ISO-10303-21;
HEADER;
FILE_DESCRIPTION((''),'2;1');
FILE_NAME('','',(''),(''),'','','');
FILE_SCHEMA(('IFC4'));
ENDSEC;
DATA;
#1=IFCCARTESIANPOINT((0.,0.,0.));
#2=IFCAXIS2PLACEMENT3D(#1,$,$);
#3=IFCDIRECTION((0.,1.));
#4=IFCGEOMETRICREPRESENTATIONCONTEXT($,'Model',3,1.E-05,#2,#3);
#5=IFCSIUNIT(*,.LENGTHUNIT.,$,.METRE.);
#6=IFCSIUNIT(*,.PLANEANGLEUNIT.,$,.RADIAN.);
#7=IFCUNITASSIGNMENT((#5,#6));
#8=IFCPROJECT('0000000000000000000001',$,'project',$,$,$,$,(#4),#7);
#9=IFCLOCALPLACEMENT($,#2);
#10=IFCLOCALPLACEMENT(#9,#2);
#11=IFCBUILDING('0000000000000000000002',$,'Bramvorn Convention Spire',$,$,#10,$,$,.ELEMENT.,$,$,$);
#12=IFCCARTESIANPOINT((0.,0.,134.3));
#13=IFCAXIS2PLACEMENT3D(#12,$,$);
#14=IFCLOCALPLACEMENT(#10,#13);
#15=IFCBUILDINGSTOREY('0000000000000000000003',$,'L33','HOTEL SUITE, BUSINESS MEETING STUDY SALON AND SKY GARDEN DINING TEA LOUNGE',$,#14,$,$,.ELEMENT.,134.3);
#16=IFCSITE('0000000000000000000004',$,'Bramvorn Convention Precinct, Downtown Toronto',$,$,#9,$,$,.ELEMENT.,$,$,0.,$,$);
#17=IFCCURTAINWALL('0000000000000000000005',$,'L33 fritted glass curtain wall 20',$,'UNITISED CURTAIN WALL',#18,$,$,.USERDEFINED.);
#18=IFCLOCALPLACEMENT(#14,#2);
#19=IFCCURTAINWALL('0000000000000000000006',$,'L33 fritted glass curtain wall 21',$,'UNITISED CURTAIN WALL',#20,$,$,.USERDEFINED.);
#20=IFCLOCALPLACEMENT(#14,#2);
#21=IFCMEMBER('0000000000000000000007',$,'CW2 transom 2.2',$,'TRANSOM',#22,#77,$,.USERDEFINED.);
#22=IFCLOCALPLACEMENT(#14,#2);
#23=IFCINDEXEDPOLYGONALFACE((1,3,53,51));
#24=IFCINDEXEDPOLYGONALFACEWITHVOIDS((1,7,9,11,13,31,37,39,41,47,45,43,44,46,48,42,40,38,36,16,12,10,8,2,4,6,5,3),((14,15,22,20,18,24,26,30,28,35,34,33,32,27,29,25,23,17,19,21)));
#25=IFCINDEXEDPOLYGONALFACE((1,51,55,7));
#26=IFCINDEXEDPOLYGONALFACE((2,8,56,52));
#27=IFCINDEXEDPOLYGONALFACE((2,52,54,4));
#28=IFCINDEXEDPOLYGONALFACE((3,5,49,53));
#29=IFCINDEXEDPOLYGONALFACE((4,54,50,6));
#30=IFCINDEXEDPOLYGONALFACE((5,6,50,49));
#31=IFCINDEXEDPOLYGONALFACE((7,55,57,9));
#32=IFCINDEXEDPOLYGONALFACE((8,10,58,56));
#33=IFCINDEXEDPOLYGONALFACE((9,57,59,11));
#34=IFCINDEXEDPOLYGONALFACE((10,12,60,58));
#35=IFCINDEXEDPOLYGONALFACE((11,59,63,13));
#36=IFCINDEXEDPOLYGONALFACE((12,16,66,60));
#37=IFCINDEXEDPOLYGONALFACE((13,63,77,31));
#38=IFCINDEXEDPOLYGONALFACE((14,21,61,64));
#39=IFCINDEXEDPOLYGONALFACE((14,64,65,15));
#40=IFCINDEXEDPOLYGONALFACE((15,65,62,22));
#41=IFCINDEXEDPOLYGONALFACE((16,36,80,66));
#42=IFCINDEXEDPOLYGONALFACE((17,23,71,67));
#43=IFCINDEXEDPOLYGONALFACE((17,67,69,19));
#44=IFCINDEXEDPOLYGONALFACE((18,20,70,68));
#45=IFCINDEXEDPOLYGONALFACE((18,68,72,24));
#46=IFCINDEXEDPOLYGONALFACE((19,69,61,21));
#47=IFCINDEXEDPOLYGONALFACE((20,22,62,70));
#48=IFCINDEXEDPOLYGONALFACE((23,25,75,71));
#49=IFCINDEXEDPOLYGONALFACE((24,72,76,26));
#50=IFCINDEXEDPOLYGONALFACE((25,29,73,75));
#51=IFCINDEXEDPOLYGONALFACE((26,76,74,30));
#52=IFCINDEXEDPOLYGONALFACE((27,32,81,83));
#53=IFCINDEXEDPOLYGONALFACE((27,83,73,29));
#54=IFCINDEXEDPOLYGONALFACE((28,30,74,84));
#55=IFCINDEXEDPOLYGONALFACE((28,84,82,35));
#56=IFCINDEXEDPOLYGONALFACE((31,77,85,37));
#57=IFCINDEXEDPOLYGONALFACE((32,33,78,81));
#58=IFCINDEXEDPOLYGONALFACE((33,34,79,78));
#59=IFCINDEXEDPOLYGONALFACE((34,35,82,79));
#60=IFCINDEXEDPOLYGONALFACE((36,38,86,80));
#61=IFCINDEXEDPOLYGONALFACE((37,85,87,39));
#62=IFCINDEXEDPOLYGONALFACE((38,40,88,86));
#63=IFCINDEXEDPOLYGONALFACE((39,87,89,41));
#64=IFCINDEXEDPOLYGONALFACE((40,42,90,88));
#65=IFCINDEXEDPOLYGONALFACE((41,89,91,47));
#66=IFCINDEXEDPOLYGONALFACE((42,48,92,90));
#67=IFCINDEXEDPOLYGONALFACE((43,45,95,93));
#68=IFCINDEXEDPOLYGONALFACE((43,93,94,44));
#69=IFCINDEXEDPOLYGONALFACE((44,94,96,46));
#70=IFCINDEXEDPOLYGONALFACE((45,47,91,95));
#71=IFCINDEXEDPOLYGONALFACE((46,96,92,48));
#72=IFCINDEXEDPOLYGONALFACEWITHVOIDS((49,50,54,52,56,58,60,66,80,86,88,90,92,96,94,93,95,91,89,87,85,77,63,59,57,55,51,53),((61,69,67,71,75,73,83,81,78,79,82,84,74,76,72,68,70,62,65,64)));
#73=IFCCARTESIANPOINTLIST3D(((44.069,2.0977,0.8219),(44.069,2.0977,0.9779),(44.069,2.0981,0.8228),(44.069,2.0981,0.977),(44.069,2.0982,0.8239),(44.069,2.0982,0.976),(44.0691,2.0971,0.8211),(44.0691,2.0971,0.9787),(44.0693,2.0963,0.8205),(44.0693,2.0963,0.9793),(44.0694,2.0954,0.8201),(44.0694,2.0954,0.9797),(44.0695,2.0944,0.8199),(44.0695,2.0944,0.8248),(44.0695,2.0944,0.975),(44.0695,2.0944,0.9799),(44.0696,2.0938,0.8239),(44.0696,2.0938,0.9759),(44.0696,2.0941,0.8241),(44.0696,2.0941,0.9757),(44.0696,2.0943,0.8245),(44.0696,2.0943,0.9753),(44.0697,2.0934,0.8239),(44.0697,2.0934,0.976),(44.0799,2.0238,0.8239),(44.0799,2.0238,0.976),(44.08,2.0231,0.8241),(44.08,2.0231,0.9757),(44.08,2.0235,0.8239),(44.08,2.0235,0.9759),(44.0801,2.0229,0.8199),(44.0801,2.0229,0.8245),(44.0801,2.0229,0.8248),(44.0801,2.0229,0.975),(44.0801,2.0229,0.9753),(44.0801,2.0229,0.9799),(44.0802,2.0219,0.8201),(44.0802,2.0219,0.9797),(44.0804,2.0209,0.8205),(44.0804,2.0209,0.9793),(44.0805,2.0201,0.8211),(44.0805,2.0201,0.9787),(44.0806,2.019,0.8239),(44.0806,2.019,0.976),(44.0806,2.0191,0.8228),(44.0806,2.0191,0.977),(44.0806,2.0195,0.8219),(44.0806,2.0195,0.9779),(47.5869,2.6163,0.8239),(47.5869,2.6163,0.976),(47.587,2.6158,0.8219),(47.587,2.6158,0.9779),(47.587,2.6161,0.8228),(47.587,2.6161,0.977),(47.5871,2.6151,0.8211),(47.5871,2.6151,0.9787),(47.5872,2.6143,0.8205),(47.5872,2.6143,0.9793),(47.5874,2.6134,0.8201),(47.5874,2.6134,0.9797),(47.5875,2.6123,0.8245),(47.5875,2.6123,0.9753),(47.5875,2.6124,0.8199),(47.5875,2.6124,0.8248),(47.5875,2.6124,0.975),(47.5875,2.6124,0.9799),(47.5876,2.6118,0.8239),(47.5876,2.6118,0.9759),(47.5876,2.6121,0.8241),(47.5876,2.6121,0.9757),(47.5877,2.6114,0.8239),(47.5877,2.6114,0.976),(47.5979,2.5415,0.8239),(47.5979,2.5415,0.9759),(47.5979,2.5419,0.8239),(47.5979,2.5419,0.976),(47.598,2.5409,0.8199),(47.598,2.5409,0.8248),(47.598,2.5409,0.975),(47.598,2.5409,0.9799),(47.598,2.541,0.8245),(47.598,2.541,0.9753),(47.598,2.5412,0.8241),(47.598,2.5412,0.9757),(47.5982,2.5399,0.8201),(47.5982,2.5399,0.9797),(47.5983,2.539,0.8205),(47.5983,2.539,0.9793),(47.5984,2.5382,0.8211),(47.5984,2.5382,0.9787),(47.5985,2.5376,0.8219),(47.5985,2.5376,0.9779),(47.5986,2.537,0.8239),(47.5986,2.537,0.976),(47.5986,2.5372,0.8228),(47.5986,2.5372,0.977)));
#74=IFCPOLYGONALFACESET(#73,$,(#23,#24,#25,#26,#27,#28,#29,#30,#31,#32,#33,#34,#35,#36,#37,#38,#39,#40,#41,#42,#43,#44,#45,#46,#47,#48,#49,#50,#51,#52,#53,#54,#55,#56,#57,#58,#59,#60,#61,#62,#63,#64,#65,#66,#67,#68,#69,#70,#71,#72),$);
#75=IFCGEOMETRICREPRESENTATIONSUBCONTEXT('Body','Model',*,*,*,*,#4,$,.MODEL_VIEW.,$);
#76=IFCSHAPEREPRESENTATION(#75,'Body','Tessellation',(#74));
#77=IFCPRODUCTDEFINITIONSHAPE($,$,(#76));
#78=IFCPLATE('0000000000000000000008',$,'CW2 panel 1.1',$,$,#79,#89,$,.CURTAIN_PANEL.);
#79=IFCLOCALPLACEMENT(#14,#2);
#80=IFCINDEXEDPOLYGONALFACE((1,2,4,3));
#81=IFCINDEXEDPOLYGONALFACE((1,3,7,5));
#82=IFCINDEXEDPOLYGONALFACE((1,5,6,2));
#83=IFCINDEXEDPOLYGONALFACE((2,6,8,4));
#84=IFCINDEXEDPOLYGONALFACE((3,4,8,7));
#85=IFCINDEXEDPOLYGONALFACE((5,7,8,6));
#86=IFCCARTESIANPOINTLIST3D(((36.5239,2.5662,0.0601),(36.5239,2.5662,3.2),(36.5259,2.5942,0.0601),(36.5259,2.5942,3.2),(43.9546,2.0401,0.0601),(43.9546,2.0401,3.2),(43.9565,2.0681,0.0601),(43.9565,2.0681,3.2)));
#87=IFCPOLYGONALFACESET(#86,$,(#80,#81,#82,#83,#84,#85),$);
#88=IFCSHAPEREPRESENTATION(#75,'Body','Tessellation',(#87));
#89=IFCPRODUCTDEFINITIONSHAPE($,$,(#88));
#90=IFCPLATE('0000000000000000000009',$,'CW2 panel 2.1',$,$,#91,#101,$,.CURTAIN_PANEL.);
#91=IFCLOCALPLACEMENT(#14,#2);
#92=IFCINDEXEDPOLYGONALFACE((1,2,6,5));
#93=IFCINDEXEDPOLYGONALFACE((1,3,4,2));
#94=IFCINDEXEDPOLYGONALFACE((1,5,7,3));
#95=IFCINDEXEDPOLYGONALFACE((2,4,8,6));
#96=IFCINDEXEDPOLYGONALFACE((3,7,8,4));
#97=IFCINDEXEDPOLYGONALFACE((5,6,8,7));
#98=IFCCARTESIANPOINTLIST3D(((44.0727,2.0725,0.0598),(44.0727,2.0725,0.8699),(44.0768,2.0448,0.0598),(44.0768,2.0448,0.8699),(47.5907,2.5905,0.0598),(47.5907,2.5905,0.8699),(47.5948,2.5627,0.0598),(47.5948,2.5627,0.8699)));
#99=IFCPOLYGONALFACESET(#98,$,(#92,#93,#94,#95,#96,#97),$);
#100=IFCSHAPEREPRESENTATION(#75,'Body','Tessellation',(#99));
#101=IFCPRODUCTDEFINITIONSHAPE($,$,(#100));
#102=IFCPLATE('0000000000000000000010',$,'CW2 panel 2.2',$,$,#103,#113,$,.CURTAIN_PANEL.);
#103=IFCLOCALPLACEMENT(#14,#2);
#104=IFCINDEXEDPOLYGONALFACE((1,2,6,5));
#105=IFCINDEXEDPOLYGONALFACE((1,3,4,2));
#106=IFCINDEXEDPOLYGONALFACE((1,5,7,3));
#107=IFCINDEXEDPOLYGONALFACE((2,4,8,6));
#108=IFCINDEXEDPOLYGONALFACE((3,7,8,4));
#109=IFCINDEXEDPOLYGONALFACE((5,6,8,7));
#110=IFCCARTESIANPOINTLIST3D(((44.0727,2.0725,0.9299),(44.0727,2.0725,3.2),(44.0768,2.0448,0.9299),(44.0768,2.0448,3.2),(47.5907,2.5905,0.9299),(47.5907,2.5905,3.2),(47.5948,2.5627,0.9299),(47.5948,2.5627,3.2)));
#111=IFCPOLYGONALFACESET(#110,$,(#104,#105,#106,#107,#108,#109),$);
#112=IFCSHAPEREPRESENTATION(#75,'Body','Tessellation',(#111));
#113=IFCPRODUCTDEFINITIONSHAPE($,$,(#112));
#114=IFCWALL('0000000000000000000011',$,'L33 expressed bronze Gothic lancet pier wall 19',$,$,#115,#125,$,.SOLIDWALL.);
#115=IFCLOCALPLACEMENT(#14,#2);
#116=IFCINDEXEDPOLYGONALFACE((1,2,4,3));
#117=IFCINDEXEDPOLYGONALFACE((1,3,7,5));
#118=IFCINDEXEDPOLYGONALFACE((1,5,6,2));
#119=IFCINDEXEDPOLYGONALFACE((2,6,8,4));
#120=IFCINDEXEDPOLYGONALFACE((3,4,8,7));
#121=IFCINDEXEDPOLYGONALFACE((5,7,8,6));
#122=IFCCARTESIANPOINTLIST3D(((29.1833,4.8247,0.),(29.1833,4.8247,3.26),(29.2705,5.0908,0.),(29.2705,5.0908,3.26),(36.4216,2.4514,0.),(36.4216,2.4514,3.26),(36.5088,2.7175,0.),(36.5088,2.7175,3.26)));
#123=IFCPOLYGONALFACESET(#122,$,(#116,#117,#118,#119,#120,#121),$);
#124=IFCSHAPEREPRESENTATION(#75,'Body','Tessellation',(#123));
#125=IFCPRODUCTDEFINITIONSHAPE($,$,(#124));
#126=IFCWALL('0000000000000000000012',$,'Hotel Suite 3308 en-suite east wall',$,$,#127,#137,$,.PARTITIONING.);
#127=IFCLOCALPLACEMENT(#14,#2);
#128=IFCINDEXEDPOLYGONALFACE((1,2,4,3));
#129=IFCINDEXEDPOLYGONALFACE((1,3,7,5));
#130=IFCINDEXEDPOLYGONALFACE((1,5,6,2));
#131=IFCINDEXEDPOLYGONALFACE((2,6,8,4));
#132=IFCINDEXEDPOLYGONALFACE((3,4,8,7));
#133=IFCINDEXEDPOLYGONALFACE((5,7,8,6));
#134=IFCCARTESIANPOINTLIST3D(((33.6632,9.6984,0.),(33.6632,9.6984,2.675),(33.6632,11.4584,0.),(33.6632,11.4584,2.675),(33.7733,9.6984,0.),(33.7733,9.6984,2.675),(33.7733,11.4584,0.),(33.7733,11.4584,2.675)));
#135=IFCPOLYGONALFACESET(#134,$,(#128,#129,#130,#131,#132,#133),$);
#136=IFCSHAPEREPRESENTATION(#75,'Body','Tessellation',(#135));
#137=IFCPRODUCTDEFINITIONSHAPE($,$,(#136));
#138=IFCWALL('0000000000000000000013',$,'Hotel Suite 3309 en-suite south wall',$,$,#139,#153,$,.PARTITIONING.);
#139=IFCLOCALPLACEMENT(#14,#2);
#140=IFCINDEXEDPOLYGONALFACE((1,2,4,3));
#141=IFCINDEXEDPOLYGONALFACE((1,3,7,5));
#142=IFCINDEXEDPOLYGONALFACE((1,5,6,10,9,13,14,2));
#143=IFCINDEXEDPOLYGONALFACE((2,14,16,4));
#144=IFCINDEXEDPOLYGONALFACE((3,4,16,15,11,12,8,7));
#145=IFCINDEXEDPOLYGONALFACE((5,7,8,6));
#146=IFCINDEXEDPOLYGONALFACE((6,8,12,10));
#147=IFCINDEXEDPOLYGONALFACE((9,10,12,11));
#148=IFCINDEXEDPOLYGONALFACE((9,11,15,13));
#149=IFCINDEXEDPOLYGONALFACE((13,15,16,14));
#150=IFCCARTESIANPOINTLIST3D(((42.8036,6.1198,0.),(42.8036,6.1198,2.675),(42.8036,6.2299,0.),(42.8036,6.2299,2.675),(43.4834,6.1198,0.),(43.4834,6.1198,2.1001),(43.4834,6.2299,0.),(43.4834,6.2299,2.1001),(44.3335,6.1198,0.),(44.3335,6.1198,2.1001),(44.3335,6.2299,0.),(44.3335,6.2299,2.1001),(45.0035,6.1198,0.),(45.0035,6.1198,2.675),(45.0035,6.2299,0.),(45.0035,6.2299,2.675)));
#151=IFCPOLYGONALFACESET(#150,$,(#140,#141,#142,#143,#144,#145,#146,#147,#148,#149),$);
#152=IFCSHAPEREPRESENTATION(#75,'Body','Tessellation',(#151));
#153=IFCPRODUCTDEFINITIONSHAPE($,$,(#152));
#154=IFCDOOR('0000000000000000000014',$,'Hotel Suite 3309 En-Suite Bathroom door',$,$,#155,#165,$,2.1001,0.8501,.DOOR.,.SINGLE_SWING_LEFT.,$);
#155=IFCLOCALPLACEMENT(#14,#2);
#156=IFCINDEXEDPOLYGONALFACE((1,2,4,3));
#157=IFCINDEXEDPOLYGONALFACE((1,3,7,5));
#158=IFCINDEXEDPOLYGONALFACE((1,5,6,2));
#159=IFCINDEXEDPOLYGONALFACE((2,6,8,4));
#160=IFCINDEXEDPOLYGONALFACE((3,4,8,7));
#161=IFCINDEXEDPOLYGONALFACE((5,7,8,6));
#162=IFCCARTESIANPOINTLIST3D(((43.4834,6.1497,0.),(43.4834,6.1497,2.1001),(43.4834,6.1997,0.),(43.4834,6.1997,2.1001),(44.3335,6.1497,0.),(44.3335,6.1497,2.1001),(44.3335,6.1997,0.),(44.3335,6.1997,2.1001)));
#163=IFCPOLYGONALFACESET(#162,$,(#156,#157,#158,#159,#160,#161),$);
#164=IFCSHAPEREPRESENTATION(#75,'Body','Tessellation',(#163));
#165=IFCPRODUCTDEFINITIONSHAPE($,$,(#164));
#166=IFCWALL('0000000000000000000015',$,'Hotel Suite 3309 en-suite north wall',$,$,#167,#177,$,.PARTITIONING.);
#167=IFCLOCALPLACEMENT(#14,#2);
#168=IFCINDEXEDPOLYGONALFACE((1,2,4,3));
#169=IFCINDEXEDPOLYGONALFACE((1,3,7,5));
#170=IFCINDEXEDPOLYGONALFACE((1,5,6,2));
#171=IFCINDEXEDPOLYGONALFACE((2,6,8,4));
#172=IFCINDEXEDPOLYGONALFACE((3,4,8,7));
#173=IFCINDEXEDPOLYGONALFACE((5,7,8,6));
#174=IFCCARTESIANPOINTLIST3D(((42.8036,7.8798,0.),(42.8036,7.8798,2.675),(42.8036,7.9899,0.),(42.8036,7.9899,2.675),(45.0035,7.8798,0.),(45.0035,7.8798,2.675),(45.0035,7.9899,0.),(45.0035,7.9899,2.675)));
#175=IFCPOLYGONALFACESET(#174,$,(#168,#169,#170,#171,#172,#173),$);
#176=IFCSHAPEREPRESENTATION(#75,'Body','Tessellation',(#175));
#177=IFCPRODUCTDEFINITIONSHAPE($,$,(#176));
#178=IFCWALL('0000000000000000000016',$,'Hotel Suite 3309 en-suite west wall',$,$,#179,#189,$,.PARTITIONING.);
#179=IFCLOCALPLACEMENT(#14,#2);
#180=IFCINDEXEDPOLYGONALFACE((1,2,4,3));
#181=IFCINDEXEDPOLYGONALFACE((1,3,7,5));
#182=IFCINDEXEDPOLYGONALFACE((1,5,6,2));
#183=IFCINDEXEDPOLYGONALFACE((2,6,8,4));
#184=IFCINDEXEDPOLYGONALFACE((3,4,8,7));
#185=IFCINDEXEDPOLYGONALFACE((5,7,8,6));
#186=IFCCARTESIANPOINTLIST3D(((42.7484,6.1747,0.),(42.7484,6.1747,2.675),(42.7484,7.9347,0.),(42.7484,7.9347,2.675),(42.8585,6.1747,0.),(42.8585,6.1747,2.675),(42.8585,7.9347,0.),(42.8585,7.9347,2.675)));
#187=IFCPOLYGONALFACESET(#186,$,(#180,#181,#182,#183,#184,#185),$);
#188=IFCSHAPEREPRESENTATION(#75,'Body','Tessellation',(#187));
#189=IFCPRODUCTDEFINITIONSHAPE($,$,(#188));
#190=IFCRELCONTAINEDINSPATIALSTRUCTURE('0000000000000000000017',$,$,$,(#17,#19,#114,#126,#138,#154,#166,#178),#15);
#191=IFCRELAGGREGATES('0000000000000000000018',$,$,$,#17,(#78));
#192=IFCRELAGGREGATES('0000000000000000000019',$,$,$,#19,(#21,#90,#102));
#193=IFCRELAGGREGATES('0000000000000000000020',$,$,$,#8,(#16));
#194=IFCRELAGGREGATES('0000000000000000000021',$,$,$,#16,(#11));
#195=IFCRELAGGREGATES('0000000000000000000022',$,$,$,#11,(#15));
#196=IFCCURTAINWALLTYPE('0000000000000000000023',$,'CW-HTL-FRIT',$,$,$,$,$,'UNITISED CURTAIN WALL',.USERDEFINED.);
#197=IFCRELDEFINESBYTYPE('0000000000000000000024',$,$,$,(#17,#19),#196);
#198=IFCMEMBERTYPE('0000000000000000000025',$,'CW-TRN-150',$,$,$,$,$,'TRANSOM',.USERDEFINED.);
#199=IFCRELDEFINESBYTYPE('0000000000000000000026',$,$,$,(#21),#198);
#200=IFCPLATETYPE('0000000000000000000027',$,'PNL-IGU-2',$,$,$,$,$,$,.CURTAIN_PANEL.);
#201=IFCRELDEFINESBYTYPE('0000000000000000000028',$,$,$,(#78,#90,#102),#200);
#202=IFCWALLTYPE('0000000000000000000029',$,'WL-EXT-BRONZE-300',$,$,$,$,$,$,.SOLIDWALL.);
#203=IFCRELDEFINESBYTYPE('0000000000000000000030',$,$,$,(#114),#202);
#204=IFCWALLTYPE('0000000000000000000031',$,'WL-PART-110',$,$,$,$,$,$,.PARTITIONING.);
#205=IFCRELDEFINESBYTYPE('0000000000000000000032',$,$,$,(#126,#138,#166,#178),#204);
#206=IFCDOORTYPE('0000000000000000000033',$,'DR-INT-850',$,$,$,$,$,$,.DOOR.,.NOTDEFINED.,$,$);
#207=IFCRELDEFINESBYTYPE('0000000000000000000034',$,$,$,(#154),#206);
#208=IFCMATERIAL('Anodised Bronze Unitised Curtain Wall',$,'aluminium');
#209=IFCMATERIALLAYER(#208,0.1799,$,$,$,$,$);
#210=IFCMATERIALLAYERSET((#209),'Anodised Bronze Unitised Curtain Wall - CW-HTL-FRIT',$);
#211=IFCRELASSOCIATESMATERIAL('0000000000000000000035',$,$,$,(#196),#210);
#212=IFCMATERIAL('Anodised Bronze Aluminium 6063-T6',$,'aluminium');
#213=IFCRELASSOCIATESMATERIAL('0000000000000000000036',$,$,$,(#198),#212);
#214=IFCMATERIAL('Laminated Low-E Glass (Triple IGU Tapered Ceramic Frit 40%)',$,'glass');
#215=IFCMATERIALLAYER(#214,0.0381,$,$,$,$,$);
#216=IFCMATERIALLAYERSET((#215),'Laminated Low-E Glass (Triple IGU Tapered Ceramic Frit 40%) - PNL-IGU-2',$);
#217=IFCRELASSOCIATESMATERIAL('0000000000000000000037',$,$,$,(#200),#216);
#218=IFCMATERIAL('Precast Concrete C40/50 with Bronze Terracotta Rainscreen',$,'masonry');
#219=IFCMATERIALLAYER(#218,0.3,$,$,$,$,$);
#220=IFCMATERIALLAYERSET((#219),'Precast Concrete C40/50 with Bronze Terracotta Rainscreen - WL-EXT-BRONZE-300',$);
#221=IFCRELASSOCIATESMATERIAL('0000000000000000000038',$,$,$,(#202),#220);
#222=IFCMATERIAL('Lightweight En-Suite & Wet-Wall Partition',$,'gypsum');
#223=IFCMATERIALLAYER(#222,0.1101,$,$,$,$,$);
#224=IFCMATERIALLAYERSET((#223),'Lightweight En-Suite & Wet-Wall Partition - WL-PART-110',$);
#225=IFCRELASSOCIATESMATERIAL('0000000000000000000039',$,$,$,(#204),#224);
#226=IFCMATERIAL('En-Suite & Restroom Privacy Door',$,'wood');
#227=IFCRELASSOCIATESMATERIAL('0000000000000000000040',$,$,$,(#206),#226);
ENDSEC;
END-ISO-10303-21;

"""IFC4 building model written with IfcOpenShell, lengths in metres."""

from ifc_helpers import new_model, si_unit, direction, frame, frame_2d, origin, origin_2d, place, context, subcontext, project, spatial, rectangle, hollow_rectangle, extrude, material, layer, layer_set, material_profile, profile_set, type_object, element, fill, aggregate, save


model = new_model("IFC4")

# Units and contexts
model_context = context("Model", 3, precision=1e-05, world=origin(), true_north=direction((0.0, 1.0)))
body_context = subcontext(model_context, "Body", "Model", "MODEL_VIEW")
ifc_project = project(units=[si_unit("LENGTHUNIT", "METRE"), si_unit("PLANEANGLEUNIT", "RADIAN")], contexts=[model_context])

# Site, building, storey
site_placement = place(None, origin())
site = spatial("IfcSite", under=ifc_project, at=site_placement, Name="Bramvorn Convention Precinct, Downtown Toronto", CompositionType="ELEMENT", RefElevation=0.0)
building_placement = place(site_placement, origin())
building = spatial("IfcBuilding", under=site, at=building_placement, Name="Bramvorn Convention Spire", CompositionType="ELEMENT")
storey_placement = place(building_placement, frame((0.0, 0.0, 134.3)))
storey = spatial("IfcBuildingStorey", under=building, at=storey_placement, Name="L33", Description="HOTEL SUITE, BUSINESS MEETING STUDY SALON AND SKY GARDEN DINING TEA LOUNGE", CompositionType="ELEMENT", Elevation=134.3)

# Curtain wall
ifc_material_1 = material(Name="Anodised Bronze Unitised Curtain Wall", Category="aluminium")
ifc_layer_1 = layer(ifc_material_1, 0.1799)
ifc_layer_set_1 = layer_set([ifc_layer_1], Name="Anodised Bronze Unitised Curtain Wall - CW-HTL-FRIT")
curtain_wall_type = type_object("IfcCurtainWallType", Name="CW-HTL-FRIT", ElementType="UNITISED CURTAIN WALL", PredefinedType="USERDEFINED", material=ifc_layer_set_1)
curtain_wall_1_placement = place(storey_placement, origin())
curtain_wall_1 = element("IfcCurtainWall", 1, at=curtain_wall_1_placement, inside=storey, type_object=curtain_wall_type, Name="L33 fritted glass curtain wall 20", ObjectType="UNITISED CURTAIN WALL", PredefinedType="USERDEFINED")
ifc_material_2 = material(Name="Anodised Bronze Aluminium 6063-T6", Category="aluminium")

# Curtain wall
curtain_wall_2_placement = place(storey_placement, origin())
curtain_wall_2 = element("IfcCurtainWall", 2, at=curtain_wall_2_placement, inside=storey, type_object=curtain_wall_type, Name="L33 fritted glass curtain wall 21", ObjectType="UNITISED CURTAIN WALL", PredefinedType="USERDEFINED")

# Member
ifc_material_profile_1 = material_profile(ifc_material_2, hollow_rectangle(XDim=0.0801, YDim=0.1599, WallThickness=0.0039, InnerFilletRadius=0.001, OuterFilletRadius=0.0039, at=origin_2d()))
ifc_profile_set_1 = profile_set([ifc_material_profile_1], Name="Anodised Bronze Aluminium 6063-T6 - CWT80X160")
member_type_1 = type_object("IfcMemberType", Name="CW-TRN-150", ElementType="TRANSOM", PredefinedType="USERDEFINED", material=ifc_profile_set_1)
member_1_placement = place(storey_placement, frame((47.5928, 2.5767, 0.8999), z_axis=(-0.989331, -0.145688, 0.0), x_axis=(0.145688, -0.989331, 0.0)))
member_1 = element("IfcMember", 3, at=member_1_placement, type_object=member_type_1, Name="CW2 transom 2.2", ObjectType="TRANSOM", PredefinedType="USERDEFINED", context=body_context, shape_type="SweptSolid", body=[
    extrude(hollow_rectangle(XDim=0.0801, YDim=0.1599, WallThickness=0.0039, InnerFilletRadius=0.001, OuterFilletRadius=0.0039, at=origin_2d()), origin(), (0.0, 0.0, 1.0), 3.5559),
])

# Plates
ifc_material_3 = material(Name="Laminated Low-E Glass (Triple IGU Tapered Ceramic Frit 40%)", Category="glass")
ifc_layer_2 = layer(ifc_material_3, 0.0381)
ifc_layer_set_2 = layer_set([ifc_layer_2], Name="Laminated Low-E Glass (Triple IGU Tapered Ceramic Frit 40%) - PNL-IGU-2")
plate_type = type_object("IfcPlateType", Name="PNL-IGU-2", PredefinedType="CURTAIN_PANEL", material=ifc_layer_set_2)
plate_1_placement = place(storey_placement, frame((40.2402, 2.3171, 0.0601), z_axis=(0.0, 0.0, 1.0), x_axis=(-0.997503, 0.070629, 0.0)))
plate_1 = element("IfcPlate", 4, at=plate_1_placement, type_object=plate_type, Name="CW2 panel 1.1", PredefinedType="CURTAIN_PANEL", context=body_context, shape_type="SweptSolid", body=[
    extrude(rectangle(XDim=7.4492, YDim=0.0281, at=origin_2d()), origin(), (0.0, 0.0, 1.0), 3.1399),
])
aggregate(curtain_wall_1, [plate_1])
plate_2_placement = place(storey_placement, frame((45.8337, 2.3176, 0.0598), z_axis=(0.0, 0.0, 1.0), x_axis=(-0.989335, -0.145655, 0.0)))
plate_2 = element("IfcPlate", 5, at=plate_2_placement, type_object=plate_type, Name="CW2 panel 2.1", PredefinedType="CURTAIN_PANEL", context=body_context, shape_type="SweptSolid", body=[
    extrude(rectangle(XDim=3.5559, YDim=0.0281, at=origin_2d()), origin(), (0.0, 0.0, 1.0), 0.8101),
])
plate_3_placement = place(storey_placement, frame((45.8337, 2.3176, 0.9299), z_axis=(0.0, 0.0, 1.0), x_axis=(-0.989335, -0.145655, 0.0)))
plate_3 = element("IfcPlate", 6, at=plate_3_placement, type_object=plate_type, Name="CW2 panel 2.2", PredefinedType="CURTAIN_PANEL", context=body_context, shape_type="SweptSolid", body=[
    extrude(rectangle(XDim=3.5559, YDim=0.0281, at=origin_2d()), origin(), (0.0, 0.0, 1.0), 2.27),
])
aggregate(curtain_wall_2, [member_1, plate_2, plate_3])

# Walls
ifc_material_4 = material(Name="Precast Concrete C40/50 with Bronze Terracotta Rainscreen", Category="masonry")
ifc_layer_3 = layer(ifc_material_4, 0.3)
ifc_layer_set_3 = layer_set([ifc_layer_3], Name="Precast Concrete C40/50 with Bronze Terracotta Rainscreen - WL-EXT-BRONZE-300")
wall_type_1 = type_object("IfcWallType", Name="WL-EXT-BRONZE-300", PredefinedType="SOLIDWALL", material=ifc_layer_set_3)
wall_1_placement = place(storey_placement, frame((36.4651, 2.5845, 0.0), z_axis=(0.0, 0.0, 1.0), x_axis=(-0.950226, 0.311561, 0.0)))
element("IfcWall", 7, at=wall_1_placement, inside=storey, type_object=wall_type_1, Name="L33 expressed bronze Gothic lancet pier wall 19", PredefinedType="SOLIDWALL", context=body_context, shape_type="SweptSolid", body=[
    extrude(rectangle(XDim=7.6174, YDim=0.28, at=frame_2d((3.8086, 0.0))), origin(), (0.0, 0.0, 1.0), 3.26),
])
ifc_material_5 = material(Name="Lightweight En-Suite & Wet-Wall Partition", Category="gypsum")
ifc_layer_4 = layer(ifc_material_5, 0.1101)
ifc_layer_set_4 = layer_set([ifc_layer_4], Name="Lightweight En-Suite & Wet-Wall Partition - WL-PART-110")
wall_type_2 = type_object("IfcWallType", Name="WL-PART-110", PredefinedType="PARTITIONING", material=ifc_layer_set_4)
wall_2_placement = place(storey_placement, frame((33.7183, 9.6985, 0.0), z_axis=(0.0, 0.0, 1.0), x_axis=(0.0, 1.0, 0.0)))
element("IfcWall", 8, at=wall_2_placement, inside=storey, type_object=wall_type_2, Name="Hotel Suite 3308 en-suite east wall", PredefinedType="PARTITIONING", context=body_context, shape_type="SweptSolid", body=[
    extrude(rectangle(XDim=1.76, YDim=0.1101, at=frame_2d((0.8799, 0.0))), origin(), (0.0, 0.0, 1.0), 2.675),
])

# Wall, opening, door
wall_3_placement = place(storey_placement, frame((42.8035, 6.1748, 0.0), z_axis=(0.0, 0.0, 1.0), x_axis=(1.0, 0.0, 0.0)))
wall_3 = element("IfcWall", 9, at=wall_3_placement, inside=storey, type_object=wall_type_2, Name="Hotel Suite 3309 en-suite south wall", PredefinedType="PARTITIONING", context=body_context, shape_type="SweptSolid", body=[
    extrude(rectangle(XDim=2.2, YDim=0.1101, at=frame_2d((1.1001, 0.0))), origin(), (0.0, 0.0, 1.0), 2.675),
])
opening_placement = place(wall_3_placement, frame((0.6799, 0.0, 0.0)))
opening = element("IfcOpeningElement", 10, at=opening_placement, cuts=wall_3, PredefinedType="OPENING", context=body_context, shape_type="SweptSolid", body=[
    extrude(rectangle(XDim=0.8501, YDim=2.1001, at=frame_2d((0.425, 1.05))), frame((0.0, 0.0649, 0.0), z_axis=(0.0, -1.0, 0.0), x_axis=(1.0, 0.0, 0.0)), (0.0, 0.0, 1.0), 0.1301),
])
ifc_material_6 = material(Name="En-Suite & Restroom Privacy Door", Category="wood")
door_type = type_object("IfcDoorType", Name="DR-INT-850", OperationType="NOTDEFINED", PredefinedType="DOOR", material=ifc_material_6)
door_placement = place(opening_placement, origin())
door = element("IfcDoor", 11, at=door_placement, inside=storey, type_object=door_type, Name="Hotel Suite 3309 En-Suite Bathroom door", OperationType="SINGLE_SWING_LEFT", OverallHeight=2.1001, OverallWidth=0.8501, PredefinedType="DOOR", context=body_context, shape_type="SweptSolid", body=[
    extrude(rectangle(XDim=0.8501, YDim=2.1001, at=frame_2d((0.425, 1.05))), frame((0.0, 0.0249, 0.0), z_axis=(0.0, -1.0, 0.0), x_axis=(1.0, 0.0, 0.0)), (0.0, 0.0, 1.0), 0.05),
])
fill(opening, door)

# Walls
wall_4_placement = place(storey_placement, frame((42.8035, 7.9348, 0.0), z_axis=(0.0, 0.0, 1.0), x_axis=(1.0, 0.0, 0.0)))
element("IfcWall", 12, at=wall_4_placement, inside=storey, type_object=wall_type_2, Name="Hotel Suite 3309 en-suite north wall", PredefinedType="PARTITIONING", context=body_context, shape_type="SweptSolid", body=[
    extrude(rectangle(XDim=2.2, YDim=0.1101, at=frame_2d((1.1001, 0.0))), origin(), (0.0, 0.0, 1.0), 2.675),
])
for number, where, z_axis, x_axis, name in (
    (13, (42.8035, 6.1748, 0.0), (0.0, 0.0, 1.0), (0.0, 1.0, 0.0), "Hotel Suite 3309 en-suite west wall"),
):
    element("IfcWall", number, at=place(storey_placement, frame(where, z_axis=z_axis, x_axis=x_axis)), inside=storey, type_object=wall_type_2, Name=name, PredefinedType="PARTITIONING", context=body_context, shape_type="SweptSolid", body=[
        extrude(rectangle(XDim=1.76, YDim=0.1101, at=frame_2d((0.8799, 0.0))), origin(), (0.0, 0.0, 1.0), 2.675),
    ])

save(model, "model.ifc")
